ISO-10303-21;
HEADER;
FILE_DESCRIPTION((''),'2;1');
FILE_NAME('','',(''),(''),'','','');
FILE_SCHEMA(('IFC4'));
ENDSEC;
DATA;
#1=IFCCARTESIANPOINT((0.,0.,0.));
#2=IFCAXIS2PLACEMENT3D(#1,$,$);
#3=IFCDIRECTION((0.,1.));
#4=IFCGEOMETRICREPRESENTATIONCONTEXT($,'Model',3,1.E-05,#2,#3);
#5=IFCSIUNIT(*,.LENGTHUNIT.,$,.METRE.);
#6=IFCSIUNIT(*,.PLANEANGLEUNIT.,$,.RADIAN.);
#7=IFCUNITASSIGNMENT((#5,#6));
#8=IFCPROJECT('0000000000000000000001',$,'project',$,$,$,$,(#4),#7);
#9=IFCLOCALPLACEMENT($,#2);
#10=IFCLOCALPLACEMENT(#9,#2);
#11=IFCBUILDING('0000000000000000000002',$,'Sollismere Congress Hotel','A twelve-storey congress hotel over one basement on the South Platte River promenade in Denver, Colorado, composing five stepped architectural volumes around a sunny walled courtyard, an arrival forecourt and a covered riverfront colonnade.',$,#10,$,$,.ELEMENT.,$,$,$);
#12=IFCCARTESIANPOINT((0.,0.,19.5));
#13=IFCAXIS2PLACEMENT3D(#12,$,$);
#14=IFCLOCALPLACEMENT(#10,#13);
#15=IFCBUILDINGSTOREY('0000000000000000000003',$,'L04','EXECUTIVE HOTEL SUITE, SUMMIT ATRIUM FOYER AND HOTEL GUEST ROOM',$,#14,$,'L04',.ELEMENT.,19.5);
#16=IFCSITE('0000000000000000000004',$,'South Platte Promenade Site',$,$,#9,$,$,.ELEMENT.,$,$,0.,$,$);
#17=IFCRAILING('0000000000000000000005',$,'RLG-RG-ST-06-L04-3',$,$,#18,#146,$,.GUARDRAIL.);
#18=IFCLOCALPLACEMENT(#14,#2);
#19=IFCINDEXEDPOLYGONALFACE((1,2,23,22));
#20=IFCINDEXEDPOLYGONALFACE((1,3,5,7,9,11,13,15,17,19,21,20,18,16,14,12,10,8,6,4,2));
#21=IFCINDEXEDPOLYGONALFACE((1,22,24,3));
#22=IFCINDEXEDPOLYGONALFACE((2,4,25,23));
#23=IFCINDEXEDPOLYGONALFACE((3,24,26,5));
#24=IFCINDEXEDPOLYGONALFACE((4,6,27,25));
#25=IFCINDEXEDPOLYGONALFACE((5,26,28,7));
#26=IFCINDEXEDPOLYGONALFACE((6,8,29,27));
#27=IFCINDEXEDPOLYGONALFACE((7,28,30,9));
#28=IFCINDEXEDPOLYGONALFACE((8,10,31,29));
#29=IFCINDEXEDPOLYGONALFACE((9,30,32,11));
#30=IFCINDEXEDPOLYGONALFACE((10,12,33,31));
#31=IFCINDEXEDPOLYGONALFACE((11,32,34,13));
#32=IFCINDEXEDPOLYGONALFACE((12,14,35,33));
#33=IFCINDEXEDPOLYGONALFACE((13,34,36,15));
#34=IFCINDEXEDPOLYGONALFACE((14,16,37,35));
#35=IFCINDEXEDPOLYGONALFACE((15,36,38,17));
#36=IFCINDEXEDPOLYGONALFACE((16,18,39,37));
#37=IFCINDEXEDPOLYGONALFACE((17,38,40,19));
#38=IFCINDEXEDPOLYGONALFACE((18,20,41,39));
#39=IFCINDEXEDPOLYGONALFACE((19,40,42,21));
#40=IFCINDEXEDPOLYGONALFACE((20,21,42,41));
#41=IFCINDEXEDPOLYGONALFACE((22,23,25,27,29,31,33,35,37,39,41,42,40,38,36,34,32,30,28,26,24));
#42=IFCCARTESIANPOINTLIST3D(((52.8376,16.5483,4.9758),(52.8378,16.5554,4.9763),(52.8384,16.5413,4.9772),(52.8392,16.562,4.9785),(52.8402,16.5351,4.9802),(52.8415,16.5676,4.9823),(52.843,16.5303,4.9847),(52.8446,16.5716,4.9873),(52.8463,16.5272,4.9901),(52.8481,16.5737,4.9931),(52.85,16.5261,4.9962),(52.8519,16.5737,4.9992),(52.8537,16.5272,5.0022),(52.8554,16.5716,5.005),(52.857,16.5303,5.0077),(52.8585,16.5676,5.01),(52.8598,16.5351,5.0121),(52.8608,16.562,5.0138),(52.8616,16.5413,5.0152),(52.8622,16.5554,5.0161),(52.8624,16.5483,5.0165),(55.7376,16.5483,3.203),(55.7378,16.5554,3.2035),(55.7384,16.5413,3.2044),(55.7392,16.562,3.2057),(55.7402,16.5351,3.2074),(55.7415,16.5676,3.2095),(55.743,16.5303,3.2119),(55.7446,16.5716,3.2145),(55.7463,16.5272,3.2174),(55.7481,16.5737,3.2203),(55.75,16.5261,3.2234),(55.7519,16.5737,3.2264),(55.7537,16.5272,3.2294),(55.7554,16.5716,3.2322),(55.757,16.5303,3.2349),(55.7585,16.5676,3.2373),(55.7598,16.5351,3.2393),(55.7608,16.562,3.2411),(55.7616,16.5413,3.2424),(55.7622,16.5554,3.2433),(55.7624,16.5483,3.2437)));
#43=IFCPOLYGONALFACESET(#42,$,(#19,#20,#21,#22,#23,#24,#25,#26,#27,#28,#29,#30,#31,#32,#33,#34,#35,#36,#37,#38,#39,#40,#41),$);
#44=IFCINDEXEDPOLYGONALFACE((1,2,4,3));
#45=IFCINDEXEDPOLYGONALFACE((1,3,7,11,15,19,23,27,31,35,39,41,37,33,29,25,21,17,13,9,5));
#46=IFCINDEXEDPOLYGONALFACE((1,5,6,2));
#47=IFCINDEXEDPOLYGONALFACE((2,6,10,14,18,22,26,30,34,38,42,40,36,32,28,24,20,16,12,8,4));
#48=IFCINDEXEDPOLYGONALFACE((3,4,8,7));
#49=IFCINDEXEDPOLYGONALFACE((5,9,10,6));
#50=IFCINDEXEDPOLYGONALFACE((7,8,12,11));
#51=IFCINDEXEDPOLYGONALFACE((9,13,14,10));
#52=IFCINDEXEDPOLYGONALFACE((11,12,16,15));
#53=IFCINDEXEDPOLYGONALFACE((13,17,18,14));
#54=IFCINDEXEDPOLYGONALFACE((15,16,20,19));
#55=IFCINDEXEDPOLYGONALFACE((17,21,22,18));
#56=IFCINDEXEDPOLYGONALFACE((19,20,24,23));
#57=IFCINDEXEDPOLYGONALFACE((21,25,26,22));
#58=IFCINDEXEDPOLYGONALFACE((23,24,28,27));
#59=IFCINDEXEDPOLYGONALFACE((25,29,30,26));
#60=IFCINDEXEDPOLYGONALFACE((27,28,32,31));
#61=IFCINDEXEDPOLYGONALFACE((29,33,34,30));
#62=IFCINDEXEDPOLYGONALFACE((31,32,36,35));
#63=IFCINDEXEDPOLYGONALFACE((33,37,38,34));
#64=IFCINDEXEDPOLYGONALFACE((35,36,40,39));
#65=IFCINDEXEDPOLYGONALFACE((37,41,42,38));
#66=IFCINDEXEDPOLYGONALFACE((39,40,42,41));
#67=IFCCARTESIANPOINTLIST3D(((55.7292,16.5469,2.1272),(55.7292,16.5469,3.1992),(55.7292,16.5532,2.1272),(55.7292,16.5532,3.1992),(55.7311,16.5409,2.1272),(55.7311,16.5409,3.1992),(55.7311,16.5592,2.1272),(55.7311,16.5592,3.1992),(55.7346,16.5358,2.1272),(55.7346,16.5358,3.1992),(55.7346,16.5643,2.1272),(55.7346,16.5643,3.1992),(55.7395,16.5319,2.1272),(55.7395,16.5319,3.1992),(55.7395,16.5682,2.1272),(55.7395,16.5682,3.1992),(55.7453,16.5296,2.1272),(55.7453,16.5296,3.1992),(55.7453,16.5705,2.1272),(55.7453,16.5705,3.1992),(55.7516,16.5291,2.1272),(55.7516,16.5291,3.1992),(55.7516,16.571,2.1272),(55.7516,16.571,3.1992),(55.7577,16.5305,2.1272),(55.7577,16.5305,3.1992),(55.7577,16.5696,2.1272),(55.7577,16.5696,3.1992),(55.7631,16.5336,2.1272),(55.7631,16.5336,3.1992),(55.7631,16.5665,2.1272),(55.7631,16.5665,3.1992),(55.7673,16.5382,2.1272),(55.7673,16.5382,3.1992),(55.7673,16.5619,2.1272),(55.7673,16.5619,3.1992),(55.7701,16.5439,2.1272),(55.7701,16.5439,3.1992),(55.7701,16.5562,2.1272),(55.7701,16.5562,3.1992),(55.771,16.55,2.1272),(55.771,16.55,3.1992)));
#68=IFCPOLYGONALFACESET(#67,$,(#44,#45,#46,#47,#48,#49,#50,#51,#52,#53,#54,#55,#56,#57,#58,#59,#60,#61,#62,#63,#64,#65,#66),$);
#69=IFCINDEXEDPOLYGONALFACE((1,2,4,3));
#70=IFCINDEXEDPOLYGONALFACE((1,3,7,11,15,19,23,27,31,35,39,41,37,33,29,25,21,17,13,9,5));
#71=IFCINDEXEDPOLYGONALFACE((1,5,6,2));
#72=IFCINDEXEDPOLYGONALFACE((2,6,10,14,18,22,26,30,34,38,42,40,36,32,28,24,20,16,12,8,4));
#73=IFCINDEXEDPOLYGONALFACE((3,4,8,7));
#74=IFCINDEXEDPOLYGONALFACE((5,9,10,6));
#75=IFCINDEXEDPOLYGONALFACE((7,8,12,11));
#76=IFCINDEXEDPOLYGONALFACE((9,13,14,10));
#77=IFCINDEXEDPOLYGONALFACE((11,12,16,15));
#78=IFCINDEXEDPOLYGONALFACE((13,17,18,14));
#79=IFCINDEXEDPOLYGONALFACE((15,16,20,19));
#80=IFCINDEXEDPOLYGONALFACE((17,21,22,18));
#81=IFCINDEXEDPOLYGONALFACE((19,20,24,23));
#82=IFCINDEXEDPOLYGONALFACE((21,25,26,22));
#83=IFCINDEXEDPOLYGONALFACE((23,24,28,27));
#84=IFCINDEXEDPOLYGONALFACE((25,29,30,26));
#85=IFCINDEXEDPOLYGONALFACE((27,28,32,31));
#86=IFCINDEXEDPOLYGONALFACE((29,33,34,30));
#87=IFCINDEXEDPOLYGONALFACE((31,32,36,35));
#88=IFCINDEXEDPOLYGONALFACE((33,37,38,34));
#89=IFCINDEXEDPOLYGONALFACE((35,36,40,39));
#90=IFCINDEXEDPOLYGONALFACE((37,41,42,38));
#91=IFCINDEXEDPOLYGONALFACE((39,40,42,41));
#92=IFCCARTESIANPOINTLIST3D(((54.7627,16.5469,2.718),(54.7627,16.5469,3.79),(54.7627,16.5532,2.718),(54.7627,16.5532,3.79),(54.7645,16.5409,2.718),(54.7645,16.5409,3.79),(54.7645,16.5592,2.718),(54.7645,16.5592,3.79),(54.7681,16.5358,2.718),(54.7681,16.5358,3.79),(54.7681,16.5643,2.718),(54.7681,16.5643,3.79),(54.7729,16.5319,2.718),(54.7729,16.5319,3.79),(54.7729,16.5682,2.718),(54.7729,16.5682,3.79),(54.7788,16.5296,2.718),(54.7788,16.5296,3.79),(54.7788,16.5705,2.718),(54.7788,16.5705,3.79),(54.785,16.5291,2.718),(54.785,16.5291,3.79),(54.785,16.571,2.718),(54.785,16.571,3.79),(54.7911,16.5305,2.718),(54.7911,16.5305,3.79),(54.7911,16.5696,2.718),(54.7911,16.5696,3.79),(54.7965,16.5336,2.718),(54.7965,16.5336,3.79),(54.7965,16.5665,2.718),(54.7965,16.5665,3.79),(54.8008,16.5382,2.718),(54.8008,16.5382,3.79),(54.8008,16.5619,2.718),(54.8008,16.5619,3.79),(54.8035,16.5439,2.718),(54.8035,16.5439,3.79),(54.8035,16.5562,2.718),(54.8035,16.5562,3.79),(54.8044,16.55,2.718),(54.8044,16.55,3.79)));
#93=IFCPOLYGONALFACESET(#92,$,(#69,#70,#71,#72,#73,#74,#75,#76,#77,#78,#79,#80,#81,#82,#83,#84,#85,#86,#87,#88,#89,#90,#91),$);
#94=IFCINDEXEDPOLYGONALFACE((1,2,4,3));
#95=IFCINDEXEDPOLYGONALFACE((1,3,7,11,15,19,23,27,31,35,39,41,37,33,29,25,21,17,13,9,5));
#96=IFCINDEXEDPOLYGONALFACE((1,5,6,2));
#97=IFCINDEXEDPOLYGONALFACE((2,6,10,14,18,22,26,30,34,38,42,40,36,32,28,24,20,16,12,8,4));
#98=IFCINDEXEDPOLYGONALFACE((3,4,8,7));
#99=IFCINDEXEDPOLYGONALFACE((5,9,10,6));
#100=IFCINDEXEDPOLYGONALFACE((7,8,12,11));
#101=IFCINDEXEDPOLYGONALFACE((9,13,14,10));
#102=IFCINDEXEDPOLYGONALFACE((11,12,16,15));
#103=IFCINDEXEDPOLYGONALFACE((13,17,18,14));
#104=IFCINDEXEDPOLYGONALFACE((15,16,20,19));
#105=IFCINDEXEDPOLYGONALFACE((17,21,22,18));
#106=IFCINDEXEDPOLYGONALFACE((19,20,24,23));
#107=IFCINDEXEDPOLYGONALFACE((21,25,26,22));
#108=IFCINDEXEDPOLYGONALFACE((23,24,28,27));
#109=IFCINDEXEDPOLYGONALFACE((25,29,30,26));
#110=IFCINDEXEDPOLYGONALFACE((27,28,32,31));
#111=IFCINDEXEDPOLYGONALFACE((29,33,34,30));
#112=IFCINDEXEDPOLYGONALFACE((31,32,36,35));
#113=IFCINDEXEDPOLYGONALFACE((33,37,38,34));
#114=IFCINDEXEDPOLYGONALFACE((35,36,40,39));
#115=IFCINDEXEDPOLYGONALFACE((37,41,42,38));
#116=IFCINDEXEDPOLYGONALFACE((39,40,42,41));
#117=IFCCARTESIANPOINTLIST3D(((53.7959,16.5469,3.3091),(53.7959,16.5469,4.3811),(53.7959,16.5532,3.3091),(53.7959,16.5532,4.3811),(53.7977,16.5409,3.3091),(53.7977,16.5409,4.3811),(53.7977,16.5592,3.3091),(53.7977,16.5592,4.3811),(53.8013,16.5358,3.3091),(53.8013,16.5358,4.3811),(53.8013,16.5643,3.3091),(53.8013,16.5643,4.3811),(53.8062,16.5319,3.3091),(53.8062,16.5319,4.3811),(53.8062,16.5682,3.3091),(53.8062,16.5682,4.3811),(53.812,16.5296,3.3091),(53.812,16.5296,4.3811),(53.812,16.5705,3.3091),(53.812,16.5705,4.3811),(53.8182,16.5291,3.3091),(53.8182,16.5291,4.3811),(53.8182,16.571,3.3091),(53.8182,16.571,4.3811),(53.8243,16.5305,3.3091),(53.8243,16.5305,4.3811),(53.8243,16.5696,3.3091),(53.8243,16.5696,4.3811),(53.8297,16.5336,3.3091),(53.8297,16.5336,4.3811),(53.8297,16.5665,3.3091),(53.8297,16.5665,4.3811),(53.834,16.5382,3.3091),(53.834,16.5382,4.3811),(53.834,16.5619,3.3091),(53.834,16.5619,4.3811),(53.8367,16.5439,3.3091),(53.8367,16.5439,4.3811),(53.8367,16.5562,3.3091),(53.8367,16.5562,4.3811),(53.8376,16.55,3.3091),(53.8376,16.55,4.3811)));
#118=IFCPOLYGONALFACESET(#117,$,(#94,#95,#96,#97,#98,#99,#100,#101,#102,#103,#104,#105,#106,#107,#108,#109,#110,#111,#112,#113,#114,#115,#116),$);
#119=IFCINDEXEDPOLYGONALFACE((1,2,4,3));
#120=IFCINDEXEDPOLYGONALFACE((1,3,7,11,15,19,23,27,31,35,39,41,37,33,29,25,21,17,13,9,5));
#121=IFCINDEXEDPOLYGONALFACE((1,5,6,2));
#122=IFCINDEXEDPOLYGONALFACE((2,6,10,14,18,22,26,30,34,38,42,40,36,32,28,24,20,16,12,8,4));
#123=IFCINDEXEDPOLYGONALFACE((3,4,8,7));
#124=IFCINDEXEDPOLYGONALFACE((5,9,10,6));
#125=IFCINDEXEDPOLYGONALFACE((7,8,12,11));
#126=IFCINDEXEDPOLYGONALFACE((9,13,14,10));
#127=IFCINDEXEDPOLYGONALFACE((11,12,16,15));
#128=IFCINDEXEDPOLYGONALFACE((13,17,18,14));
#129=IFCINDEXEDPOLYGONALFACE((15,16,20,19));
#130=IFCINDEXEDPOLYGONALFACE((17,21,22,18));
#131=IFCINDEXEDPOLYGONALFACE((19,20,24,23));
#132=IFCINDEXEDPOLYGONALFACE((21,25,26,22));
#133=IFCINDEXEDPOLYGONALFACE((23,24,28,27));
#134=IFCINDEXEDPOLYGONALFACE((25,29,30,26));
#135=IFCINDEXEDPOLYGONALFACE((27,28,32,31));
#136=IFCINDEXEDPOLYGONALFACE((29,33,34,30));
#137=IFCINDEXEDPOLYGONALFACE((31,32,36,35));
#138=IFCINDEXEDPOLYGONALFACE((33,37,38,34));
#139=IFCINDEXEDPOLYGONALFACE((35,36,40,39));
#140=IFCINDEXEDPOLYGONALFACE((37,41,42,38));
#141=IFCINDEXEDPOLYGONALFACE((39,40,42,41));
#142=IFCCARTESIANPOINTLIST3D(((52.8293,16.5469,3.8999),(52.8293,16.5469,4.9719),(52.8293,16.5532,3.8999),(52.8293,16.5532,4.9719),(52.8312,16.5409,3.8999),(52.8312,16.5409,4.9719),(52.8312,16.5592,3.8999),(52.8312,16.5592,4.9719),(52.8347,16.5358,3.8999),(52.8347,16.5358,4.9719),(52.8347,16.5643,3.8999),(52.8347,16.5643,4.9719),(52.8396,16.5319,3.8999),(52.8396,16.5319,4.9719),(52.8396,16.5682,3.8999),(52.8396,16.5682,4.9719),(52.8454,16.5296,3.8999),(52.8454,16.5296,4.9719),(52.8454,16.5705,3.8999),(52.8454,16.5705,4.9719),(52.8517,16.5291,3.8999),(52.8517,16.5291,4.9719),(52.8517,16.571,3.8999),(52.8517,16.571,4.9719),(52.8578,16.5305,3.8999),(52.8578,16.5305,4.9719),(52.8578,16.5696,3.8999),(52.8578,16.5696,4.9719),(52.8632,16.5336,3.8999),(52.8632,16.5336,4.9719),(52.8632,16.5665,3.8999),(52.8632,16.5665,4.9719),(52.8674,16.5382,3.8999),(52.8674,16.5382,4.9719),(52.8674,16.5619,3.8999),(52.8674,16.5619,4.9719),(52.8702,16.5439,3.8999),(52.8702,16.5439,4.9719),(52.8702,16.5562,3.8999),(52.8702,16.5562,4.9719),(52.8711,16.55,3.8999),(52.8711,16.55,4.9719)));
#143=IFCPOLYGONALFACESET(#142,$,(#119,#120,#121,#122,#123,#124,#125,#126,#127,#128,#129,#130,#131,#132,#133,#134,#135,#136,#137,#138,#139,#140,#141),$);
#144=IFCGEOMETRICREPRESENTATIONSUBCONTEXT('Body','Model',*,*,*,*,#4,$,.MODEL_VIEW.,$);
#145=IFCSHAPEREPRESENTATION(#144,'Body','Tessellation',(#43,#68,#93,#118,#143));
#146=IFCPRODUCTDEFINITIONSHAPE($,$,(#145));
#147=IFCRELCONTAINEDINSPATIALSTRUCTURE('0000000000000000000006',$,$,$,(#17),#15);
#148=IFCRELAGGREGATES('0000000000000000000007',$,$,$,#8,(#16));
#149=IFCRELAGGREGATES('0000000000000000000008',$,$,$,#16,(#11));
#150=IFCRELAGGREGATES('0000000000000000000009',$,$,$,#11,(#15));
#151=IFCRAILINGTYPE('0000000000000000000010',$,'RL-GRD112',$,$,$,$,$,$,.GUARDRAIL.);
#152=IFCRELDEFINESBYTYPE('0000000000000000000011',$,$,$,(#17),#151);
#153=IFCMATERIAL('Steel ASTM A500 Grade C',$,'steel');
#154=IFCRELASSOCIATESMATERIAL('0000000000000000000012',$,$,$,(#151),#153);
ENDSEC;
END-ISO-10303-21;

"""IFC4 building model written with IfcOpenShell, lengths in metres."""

from ifc_helpers import new_model, si_unit, direction, frame, origin, origin_2d, place, context, subcontext, project, spatial, circle, extrude, material, type_object, element, save


model = new_model("IFC4")

# Units and contexts
model_context = context("Model", 3, precision=1e-05, world=origin(), true_north=direction((0.0, 1.0)))
body_context = subcontext(model_context, "Body", "Model", "MODEL_VIEW")
ifc_project = project(units=[si_unit("LENGTHUNIT", "METRE"), si_unit("PLANEANGLEUNIT", "RADIAN")], contexts=[model_context])

# Site, building, storey
site_placement = place(None, origin())
site = spatial("IfcSite", under=ifc_project, at=site_placement, Name="South Platte Promenade Site", CompositionType="ELEMENT", RefElevation=0.0)
building_placement = place(site_placement, origin())
building = spatial("IfcBuilding", under=site, at=building_placement, Name="Sollismere Congress Hotel", Description="A twelve-storey congress hotel over one basement on the South Platte River promenade in Denver, Colorado, composing five stepped architectural volumes around a sunny walled courtyard, an arrival forecourt and a covered riverfront colonnade.", CompositionType="ELEMENT")
storey_placement = place(building_placement, frame((0.0, 0.0, 19.5)))
storey = spatial("IfcBuildingStorey", under=building, at=storey_placement, Name="L04", Description="EXECUTIVE HOTEL SUITE, SUMMIT ATRIUM FOYER AND HOTEL GUEST ROOM", LongName="L04", CompositionType="ELEMENT", Elevation=19.5)

# Railing
ifc_material_1 = material(Name="Steel ASTM A500 Grade C", Category="steel")
railing_type_1 = type_object("IfcRailingType", Name="RL-GRD112", PredefinedType="GUARDRAIL", material=ifc_material_1)
railing_1_placement = place(storey_placement, frame((55.75, 16.55, 2.1272)))
element("IfcRailing", 1, at=railing_1_placement, inside=storey, type_object=railing_type_1, Name="RLG-RG-ST-06-L04-3", PredefinedType="GUARDRAIL", context=body_context, shape_type="SweptSolid", body=[
    extrude(circle(Radius=0.0239, at=origin_2d()), frame((0.0, 0.0, 1.0962), z_axis=(-0.853211, 0.0, 0.521566), x_axis=(0.0, -1.0, 0.0)), (0.0, 0.0, 1.0), 3.3989),
    extrude(circle(Radius=0.021, at=origin_2d()), origin(), (0.0, 0.0, 1.0), 1.072),
    extrude(circle(Radius=0.021, at=origin_2d()), frame((-0.9666, 0.0, 0.5908)), (0.0, 0.0, 1.0), 1.072),
    extrude(circle(Radius=0.021, at=origin_2d()), frame((-1.9333, 0.0, 1.1819)), (0.0, 0.0, 1.0), 1.072),
    extrude(circle(Radius=0.021, at=origin_2d()), frame((-2.8999, 0.0, 1.7727)), (0.0, 0.0, 1.0), 1.072),
])

save(model, "model.ifc")
